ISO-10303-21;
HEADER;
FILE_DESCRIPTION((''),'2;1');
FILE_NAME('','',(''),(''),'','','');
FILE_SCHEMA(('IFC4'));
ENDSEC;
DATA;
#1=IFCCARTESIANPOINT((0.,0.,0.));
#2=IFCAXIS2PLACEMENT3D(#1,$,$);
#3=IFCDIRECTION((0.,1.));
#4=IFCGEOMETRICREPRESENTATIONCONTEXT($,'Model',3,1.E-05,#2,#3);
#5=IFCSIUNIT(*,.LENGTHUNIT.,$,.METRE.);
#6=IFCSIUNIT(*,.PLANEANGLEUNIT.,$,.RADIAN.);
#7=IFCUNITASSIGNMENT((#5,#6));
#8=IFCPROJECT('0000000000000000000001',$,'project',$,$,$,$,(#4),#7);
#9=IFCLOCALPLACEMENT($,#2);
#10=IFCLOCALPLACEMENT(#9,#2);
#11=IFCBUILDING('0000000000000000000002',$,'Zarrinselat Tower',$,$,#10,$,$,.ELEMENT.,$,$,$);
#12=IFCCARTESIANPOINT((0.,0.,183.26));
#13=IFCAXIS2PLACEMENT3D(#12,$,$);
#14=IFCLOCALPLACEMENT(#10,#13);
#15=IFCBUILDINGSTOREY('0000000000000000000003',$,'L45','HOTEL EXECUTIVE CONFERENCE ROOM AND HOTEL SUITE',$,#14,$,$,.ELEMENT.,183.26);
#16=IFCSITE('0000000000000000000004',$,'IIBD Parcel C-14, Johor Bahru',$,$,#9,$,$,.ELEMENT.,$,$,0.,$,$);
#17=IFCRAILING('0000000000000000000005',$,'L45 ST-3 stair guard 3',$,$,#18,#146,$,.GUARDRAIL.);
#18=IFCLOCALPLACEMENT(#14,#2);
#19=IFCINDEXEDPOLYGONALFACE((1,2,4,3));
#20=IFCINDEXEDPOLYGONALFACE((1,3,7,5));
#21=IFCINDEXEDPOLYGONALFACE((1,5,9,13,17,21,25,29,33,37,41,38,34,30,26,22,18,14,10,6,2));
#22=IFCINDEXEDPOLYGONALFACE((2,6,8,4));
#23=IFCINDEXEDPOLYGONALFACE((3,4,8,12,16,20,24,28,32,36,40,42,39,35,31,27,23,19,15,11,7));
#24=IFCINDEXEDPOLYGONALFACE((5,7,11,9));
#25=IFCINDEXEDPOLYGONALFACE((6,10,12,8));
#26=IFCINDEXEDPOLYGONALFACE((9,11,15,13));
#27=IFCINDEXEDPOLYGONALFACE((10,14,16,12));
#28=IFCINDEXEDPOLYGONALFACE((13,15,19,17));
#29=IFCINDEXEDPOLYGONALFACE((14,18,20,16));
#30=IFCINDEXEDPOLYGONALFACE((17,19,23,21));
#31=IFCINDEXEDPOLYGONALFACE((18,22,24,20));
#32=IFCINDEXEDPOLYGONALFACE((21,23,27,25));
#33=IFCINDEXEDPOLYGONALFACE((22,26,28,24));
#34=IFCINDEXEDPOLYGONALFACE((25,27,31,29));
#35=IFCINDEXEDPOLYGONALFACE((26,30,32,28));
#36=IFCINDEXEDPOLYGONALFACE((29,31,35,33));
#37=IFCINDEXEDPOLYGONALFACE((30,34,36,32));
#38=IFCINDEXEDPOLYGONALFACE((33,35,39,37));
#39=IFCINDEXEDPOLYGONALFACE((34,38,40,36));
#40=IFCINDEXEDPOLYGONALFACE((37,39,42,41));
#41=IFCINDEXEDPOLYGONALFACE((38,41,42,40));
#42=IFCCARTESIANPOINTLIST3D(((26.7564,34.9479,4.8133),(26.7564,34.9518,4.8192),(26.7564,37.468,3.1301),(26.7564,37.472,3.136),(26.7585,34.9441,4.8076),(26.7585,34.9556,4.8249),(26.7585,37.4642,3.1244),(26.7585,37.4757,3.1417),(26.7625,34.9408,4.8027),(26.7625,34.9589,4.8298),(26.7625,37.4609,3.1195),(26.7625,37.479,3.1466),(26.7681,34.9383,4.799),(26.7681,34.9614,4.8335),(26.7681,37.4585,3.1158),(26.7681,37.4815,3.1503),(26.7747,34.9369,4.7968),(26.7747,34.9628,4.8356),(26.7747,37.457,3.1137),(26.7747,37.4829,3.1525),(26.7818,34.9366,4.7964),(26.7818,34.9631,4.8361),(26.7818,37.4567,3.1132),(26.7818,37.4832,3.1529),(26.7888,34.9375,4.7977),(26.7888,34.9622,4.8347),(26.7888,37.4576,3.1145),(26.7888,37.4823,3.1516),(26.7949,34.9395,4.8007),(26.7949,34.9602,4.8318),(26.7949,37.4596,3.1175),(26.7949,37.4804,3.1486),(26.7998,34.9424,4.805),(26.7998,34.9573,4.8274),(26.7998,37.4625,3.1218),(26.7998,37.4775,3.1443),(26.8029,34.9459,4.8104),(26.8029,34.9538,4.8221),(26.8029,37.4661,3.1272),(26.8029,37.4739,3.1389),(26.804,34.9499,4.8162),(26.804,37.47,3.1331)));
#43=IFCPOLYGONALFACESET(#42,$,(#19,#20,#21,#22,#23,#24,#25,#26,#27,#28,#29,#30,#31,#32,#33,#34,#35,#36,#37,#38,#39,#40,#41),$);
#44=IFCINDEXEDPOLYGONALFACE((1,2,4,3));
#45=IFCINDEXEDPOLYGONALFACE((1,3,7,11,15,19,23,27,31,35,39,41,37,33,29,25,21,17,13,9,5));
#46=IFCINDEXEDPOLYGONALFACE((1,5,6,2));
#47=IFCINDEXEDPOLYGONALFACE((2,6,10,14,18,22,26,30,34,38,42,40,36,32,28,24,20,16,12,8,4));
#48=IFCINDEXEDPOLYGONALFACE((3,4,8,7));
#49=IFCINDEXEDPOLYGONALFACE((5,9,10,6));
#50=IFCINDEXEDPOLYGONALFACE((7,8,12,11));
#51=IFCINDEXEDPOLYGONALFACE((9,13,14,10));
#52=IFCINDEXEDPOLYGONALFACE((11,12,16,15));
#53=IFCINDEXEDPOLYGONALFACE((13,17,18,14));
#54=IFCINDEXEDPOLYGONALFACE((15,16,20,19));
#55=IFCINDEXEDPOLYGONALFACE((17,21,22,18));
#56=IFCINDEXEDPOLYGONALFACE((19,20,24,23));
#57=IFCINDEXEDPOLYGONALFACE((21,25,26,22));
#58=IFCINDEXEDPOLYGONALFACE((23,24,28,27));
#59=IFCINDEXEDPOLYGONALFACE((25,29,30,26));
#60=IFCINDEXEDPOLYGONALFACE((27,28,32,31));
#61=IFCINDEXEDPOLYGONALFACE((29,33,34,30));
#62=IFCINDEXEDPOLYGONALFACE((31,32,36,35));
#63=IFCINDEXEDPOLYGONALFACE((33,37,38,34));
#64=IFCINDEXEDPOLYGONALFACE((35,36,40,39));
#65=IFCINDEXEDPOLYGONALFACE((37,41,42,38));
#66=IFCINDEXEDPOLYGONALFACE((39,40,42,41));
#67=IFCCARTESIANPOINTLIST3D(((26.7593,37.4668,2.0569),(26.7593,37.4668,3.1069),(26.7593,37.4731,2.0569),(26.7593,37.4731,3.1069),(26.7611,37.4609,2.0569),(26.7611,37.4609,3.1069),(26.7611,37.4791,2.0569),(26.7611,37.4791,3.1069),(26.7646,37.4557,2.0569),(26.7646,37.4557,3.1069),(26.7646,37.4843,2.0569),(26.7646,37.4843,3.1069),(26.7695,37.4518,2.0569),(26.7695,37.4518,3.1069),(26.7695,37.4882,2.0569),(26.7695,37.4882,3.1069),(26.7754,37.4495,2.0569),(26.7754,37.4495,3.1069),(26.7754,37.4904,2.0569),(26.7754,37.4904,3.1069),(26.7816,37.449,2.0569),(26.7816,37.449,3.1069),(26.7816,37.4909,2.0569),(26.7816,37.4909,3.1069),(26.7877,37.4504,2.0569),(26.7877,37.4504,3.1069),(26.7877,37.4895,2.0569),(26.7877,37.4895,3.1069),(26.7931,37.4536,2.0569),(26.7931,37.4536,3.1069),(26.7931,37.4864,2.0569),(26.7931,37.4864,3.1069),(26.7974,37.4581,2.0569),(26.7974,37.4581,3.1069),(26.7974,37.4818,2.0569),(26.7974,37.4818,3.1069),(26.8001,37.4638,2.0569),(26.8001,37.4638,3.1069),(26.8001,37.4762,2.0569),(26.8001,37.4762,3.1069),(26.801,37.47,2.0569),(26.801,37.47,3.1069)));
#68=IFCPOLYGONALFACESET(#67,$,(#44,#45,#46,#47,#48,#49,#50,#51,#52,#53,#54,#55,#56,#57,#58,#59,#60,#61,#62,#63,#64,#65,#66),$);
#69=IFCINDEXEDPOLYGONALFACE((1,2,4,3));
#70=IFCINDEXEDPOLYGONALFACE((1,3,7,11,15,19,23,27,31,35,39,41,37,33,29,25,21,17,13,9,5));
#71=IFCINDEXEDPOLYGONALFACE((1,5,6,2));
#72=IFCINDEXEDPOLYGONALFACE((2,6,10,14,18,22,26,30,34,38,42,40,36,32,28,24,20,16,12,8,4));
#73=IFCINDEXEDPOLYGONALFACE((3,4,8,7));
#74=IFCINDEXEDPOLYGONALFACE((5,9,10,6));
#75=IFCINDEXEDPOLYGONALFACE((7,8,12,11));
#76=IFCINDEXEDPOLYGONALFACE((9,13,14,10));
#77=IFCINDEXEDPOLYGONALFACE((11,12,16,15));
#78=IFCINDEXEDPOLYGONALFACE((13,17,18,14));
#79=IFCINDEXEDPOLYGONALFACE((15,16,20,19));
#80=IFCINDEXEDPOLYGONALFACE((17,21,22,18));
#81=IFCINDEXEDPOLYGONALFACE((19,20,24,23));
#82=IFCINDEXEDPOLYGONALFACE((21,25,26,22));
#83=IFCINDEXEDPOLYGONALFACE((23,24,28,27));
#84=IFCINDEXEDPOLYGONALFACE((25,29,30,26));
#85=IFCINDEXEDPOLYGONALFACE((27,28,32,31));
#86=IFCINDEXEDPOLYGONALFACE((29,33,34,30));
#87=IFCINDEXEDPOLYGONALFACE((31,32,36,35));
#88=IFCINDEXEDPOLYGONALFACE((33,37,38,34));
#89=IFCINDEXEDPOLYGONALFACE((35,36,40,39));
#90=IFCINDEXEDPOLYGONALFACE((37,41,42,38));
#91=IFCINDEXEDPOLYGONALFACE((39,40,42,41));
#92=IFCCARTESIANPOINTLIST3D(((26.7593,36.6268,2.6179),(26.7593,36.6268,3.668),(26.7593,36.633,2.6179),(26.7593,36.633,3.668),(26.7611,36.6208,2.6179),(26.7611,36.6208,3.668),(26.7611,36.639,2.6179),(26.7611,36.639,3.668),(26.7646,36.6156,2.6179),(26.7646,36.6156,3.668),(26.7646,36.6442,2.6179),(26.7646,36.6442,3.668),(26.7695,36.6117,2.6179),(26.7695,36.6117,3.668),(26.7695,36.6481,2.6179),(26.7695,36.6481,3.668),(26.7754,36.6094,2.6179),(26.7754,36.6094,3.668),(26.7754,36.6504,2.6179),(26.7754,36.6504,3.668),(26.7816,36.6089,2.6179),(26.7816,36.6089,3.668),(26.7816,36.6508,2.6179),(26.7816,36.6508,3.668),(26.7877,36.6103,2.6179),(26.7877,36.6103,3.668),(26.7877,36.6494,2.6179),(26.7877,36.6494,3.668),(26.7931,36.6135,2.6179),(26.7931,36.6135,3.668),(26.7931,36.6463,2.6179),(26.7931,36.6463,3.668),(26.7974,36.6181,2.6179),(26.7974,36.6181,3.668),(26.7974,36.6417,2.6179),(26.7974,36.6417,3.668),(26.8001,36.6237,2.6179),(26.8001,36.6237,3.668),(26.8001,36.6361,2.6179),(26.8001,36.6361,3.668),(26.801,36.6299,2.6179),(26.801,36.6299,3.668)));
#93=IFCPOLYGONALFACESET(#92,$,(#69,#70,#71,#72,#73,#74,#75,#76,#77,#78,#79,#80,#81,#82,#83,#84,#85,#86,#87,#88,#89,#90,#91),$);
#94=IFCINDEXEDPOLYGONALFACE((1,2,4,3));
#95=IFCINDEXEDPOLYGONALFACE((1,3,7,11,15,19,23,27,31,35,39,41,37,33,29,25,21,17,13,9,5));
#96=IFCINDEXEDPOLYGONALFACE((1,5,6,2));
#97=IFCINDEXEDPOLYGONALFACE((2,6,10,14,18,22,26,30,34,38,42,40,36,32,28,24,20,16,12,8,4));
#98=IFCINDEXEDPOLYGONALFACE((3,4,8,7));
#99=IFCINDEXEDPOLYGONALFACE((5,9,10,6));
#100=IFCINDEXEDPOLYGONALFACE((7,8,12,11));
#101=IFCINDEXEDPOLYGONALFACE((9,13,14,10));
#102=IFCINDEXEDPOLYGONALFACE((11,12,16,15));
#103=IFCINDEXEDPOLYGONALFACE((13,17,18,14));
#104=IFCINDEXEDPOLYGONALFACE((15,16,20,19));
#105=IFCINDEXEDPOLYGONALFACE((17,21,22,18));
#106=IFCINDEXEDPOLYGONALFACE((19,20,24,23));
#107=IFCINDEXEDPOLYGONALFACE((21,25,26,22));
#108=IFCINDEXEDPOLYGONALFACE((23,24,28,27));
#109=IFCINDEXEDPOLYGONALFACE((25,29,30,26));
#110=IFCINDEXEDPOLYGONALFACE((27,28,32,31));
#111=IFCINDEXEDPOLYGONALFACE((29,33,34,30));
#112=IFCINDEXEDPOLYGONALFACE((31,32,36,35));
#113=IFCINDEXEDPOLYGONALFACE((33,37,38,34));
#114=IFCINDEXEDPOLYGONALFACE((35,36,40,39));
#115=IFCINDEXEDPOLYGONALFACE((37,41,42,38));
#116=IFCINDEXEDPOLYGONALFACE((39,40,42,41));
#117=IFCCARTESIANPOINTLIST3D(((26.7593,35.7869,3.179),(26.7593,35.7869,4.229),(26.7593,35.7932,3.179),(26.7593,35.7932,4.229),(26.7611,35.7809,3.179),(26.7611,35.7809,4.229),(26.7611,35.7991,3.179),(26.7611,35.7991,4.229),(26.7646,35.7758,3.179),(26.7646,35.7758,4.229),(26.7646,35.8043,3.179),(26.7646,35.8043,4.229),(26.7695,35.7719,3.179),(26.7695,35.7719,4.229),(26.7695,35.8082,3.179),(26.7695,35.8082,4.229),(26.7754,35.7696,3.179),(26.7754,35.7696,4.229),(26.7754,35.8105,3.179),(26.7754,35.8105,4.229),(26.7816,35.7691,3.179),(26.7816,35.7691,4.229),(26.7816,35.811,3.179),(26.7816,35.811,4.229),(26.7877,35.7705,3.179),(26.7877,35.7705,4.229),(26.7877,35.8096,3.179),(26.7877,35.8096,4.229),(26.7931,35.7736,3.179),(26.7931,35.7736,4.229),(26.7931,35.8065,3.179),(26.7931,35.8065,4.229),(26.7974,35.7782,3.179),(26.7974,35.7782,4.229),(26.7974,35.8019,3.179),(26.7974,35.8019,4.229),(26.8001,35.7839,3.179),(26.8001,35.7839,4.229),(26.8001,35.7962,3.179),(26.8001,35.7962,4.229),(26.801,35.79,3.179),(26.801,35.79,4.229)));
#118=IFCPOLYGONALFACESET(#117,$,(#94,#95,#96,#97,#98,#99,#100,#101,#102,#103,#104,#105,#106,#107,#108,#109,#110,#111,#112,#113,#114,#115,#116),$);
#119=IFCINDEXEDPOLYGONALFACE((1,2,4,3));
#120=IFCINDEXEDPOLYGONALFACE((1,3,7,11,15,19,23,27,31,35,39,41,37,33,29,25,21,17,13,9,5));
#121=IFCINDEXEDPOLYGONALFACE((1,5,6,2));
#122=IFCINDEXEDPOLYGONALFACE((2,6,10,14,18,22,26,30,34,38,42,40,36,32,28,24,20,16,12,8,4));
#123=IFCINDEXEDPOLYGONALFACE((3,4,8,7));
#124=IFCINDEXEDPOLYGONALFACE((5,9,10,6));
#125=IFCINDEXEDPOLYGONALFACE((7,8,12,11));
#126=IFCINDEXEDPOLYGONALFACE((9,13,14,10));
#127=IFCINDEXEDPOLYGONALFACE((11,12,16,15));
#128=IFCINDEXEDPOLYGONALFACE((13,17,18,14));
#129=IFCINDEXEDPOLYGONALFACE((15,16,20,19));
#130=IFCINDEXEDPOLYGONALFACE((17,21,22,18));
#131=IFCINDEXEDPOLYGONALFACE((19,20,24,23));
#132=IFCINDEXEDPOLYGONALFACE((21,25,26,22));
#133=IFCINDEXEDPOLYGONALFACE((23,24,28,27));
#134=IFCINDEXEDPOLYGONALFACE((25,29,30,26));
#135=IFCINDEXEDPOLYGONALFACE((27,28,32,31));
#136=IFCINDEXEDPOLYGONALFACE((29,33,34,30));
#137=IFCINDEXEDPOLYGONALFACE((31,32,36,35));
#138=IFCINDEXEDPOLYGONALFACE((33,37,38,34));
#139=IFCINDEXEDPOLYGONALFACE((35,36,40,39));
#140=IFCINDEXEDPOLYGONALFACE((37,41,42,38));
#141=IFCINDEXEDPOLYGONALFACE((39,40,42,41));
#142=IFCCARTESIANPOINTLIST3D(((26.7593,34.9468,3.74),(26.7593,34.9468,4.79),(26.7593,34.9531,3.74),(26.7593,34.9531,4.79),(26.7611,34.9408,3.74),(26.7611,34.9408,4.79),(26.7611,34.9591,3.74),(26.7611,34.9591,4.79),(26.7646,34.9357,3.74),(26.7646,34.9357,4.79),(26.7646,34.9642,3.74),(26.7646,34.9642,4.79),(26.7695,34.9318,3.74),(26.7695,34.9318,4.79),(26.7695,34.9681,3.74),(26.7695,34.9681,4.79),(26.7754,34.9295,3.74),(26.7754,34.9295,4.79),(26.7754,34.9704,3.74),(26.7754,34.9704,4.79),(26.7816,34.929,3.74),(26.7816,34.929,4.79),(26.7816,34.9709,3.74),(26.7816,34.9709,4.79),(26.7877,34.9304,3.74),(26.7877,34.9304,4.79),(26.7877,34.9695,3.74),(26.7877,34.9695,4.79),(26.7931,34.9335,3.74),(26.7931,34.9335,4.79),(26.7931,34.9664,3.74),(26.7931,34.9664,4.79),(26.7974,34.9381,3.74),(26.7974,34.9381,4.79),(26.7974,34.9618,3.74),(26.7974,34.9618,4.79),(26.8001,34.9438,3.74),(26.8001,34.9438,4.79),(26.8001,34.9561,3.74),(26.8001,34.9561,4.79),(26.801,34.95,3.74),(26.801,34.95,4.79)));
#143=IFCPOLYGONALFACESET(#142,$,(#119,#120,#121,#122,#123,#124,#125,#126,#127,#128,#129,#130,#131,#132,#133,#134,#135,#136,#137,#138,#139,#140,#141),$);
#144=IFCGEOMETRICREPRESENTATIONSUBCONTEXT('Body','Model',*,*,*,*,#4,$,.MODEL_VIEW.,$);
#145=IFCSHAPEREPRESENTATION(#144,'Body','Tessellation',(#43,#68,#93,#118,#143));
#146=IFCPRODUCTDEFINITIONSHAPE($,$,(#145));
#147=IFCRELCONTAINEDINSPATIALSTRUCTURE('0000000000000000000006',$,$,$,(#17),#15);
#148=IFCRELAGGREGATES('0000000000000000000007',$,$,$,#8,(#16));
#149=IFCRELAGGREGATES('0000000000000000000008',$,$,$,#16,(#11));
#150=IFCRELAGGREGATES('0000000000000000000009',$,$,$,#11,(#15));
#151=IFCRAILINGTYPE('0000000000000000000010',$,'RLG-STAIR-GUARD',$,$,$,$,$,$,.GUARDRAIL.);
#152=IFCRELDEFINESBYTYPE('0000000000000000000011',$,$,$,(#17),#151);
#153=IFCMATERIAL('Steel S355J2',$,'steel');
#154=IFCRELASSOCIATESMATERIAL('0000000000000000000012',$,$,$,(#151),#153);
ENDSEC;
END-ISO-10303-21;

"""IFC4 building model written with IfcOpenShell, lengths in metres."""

from ifc_helpers import new_model, si_unit, direction, frame, origin, origin_2d, place, context, subcontext, project, spatial, circle, extrude, material, type_object, element, save


model = new_model("IFC4")

# Units and contexts
model_context = context("Model", 3, precision=1e-05, world=origin(), true_north=direction((0.0, 1.0)))
body_context = subcontext(model_context, "Body", "Model", "MODEL_VIEW")
ifc_project = project(units=[si_unit("LENGTHUNIT", "METRE"), si_unit("PLANEANGLEUNIT", "RADIAN")], contexts=[model_context])

# Site, building, storey
site_placement = place(None, origin())
site = spatial("IfcSite", under=ifc_project, at=site_placement, Name="IIBD Parcel C-14, Johor Bahru", CompositionType="ELEMENT", RefElevation=0.0)
building_placement = place(site_placement, origin())
building = spatial("IfcBuilding", under=site, at=building_placement, Name="Zarrinselat Tower", CompositionType="ELEMENT")
storey_placement = place(building_placement, frame((0.0, 0.0, 183.26)))
storey = spatial("IfcBuildingStorey", under=building, at=storey_placement, Name="L45", Description="HOTEL EXECUTIVE CONFERENCE ROOM AND HOTEL SUITE", CompositionType="ELEMENT", Elevation=183.26)

# Railing
ifc_material_1 = material(Name="Steel S355J2", Category="steel")
railing_type_1 = type_object("IfcRailingType", Name="RLG-STAIR-GUARD", PredefinedType="GUARDRAIL", material=ifc_material_1)
railing_1_placement = place(storey_placement, frame((26.78, 37.47, 2.0569)))
element("IfcRailing", 1, at=railing_1_placement, inside=storey, type_object=railing_type_1, Name="L45 ST-3 stair guard 3", PredefinedType="GUARDRAIL", context=body_context, shape_type="SweptSolid", body=[
    extrude(circle(Radius=0.0239, at=origin_2d()), frame((0.0, 0.0, 1.0762), z_axis=(0.0, -0.831579, 0.555406), x_axis=(1.0, 0.0, 0.0)), (0.0, 0.0, 1.0), 3.0305),
    extrude(circle(Radius=0.021, at=origin_2d()), origin(), (0.0, 0.0, 1.0), 1.05),
    extrude(circle(Radius=0.021, at=origin_2d()), frame((0.0, -0.8401, 0.561)), (0.0, 0.0, 1.0), 1.05),
    extrude(circle(Radius=0.021, at=origin_2d()), frame((0.0, -1.6799, 1.1221)), (0.0, 0.0, 1.0), 1.05),
    extrude(circle(Radius=0.021, at=origin_2d()), frame((0.0, -2.52, 1.6831)), (0.0, 0.0, 1.0), 1.05),
])

save(model, "model.ifc")
